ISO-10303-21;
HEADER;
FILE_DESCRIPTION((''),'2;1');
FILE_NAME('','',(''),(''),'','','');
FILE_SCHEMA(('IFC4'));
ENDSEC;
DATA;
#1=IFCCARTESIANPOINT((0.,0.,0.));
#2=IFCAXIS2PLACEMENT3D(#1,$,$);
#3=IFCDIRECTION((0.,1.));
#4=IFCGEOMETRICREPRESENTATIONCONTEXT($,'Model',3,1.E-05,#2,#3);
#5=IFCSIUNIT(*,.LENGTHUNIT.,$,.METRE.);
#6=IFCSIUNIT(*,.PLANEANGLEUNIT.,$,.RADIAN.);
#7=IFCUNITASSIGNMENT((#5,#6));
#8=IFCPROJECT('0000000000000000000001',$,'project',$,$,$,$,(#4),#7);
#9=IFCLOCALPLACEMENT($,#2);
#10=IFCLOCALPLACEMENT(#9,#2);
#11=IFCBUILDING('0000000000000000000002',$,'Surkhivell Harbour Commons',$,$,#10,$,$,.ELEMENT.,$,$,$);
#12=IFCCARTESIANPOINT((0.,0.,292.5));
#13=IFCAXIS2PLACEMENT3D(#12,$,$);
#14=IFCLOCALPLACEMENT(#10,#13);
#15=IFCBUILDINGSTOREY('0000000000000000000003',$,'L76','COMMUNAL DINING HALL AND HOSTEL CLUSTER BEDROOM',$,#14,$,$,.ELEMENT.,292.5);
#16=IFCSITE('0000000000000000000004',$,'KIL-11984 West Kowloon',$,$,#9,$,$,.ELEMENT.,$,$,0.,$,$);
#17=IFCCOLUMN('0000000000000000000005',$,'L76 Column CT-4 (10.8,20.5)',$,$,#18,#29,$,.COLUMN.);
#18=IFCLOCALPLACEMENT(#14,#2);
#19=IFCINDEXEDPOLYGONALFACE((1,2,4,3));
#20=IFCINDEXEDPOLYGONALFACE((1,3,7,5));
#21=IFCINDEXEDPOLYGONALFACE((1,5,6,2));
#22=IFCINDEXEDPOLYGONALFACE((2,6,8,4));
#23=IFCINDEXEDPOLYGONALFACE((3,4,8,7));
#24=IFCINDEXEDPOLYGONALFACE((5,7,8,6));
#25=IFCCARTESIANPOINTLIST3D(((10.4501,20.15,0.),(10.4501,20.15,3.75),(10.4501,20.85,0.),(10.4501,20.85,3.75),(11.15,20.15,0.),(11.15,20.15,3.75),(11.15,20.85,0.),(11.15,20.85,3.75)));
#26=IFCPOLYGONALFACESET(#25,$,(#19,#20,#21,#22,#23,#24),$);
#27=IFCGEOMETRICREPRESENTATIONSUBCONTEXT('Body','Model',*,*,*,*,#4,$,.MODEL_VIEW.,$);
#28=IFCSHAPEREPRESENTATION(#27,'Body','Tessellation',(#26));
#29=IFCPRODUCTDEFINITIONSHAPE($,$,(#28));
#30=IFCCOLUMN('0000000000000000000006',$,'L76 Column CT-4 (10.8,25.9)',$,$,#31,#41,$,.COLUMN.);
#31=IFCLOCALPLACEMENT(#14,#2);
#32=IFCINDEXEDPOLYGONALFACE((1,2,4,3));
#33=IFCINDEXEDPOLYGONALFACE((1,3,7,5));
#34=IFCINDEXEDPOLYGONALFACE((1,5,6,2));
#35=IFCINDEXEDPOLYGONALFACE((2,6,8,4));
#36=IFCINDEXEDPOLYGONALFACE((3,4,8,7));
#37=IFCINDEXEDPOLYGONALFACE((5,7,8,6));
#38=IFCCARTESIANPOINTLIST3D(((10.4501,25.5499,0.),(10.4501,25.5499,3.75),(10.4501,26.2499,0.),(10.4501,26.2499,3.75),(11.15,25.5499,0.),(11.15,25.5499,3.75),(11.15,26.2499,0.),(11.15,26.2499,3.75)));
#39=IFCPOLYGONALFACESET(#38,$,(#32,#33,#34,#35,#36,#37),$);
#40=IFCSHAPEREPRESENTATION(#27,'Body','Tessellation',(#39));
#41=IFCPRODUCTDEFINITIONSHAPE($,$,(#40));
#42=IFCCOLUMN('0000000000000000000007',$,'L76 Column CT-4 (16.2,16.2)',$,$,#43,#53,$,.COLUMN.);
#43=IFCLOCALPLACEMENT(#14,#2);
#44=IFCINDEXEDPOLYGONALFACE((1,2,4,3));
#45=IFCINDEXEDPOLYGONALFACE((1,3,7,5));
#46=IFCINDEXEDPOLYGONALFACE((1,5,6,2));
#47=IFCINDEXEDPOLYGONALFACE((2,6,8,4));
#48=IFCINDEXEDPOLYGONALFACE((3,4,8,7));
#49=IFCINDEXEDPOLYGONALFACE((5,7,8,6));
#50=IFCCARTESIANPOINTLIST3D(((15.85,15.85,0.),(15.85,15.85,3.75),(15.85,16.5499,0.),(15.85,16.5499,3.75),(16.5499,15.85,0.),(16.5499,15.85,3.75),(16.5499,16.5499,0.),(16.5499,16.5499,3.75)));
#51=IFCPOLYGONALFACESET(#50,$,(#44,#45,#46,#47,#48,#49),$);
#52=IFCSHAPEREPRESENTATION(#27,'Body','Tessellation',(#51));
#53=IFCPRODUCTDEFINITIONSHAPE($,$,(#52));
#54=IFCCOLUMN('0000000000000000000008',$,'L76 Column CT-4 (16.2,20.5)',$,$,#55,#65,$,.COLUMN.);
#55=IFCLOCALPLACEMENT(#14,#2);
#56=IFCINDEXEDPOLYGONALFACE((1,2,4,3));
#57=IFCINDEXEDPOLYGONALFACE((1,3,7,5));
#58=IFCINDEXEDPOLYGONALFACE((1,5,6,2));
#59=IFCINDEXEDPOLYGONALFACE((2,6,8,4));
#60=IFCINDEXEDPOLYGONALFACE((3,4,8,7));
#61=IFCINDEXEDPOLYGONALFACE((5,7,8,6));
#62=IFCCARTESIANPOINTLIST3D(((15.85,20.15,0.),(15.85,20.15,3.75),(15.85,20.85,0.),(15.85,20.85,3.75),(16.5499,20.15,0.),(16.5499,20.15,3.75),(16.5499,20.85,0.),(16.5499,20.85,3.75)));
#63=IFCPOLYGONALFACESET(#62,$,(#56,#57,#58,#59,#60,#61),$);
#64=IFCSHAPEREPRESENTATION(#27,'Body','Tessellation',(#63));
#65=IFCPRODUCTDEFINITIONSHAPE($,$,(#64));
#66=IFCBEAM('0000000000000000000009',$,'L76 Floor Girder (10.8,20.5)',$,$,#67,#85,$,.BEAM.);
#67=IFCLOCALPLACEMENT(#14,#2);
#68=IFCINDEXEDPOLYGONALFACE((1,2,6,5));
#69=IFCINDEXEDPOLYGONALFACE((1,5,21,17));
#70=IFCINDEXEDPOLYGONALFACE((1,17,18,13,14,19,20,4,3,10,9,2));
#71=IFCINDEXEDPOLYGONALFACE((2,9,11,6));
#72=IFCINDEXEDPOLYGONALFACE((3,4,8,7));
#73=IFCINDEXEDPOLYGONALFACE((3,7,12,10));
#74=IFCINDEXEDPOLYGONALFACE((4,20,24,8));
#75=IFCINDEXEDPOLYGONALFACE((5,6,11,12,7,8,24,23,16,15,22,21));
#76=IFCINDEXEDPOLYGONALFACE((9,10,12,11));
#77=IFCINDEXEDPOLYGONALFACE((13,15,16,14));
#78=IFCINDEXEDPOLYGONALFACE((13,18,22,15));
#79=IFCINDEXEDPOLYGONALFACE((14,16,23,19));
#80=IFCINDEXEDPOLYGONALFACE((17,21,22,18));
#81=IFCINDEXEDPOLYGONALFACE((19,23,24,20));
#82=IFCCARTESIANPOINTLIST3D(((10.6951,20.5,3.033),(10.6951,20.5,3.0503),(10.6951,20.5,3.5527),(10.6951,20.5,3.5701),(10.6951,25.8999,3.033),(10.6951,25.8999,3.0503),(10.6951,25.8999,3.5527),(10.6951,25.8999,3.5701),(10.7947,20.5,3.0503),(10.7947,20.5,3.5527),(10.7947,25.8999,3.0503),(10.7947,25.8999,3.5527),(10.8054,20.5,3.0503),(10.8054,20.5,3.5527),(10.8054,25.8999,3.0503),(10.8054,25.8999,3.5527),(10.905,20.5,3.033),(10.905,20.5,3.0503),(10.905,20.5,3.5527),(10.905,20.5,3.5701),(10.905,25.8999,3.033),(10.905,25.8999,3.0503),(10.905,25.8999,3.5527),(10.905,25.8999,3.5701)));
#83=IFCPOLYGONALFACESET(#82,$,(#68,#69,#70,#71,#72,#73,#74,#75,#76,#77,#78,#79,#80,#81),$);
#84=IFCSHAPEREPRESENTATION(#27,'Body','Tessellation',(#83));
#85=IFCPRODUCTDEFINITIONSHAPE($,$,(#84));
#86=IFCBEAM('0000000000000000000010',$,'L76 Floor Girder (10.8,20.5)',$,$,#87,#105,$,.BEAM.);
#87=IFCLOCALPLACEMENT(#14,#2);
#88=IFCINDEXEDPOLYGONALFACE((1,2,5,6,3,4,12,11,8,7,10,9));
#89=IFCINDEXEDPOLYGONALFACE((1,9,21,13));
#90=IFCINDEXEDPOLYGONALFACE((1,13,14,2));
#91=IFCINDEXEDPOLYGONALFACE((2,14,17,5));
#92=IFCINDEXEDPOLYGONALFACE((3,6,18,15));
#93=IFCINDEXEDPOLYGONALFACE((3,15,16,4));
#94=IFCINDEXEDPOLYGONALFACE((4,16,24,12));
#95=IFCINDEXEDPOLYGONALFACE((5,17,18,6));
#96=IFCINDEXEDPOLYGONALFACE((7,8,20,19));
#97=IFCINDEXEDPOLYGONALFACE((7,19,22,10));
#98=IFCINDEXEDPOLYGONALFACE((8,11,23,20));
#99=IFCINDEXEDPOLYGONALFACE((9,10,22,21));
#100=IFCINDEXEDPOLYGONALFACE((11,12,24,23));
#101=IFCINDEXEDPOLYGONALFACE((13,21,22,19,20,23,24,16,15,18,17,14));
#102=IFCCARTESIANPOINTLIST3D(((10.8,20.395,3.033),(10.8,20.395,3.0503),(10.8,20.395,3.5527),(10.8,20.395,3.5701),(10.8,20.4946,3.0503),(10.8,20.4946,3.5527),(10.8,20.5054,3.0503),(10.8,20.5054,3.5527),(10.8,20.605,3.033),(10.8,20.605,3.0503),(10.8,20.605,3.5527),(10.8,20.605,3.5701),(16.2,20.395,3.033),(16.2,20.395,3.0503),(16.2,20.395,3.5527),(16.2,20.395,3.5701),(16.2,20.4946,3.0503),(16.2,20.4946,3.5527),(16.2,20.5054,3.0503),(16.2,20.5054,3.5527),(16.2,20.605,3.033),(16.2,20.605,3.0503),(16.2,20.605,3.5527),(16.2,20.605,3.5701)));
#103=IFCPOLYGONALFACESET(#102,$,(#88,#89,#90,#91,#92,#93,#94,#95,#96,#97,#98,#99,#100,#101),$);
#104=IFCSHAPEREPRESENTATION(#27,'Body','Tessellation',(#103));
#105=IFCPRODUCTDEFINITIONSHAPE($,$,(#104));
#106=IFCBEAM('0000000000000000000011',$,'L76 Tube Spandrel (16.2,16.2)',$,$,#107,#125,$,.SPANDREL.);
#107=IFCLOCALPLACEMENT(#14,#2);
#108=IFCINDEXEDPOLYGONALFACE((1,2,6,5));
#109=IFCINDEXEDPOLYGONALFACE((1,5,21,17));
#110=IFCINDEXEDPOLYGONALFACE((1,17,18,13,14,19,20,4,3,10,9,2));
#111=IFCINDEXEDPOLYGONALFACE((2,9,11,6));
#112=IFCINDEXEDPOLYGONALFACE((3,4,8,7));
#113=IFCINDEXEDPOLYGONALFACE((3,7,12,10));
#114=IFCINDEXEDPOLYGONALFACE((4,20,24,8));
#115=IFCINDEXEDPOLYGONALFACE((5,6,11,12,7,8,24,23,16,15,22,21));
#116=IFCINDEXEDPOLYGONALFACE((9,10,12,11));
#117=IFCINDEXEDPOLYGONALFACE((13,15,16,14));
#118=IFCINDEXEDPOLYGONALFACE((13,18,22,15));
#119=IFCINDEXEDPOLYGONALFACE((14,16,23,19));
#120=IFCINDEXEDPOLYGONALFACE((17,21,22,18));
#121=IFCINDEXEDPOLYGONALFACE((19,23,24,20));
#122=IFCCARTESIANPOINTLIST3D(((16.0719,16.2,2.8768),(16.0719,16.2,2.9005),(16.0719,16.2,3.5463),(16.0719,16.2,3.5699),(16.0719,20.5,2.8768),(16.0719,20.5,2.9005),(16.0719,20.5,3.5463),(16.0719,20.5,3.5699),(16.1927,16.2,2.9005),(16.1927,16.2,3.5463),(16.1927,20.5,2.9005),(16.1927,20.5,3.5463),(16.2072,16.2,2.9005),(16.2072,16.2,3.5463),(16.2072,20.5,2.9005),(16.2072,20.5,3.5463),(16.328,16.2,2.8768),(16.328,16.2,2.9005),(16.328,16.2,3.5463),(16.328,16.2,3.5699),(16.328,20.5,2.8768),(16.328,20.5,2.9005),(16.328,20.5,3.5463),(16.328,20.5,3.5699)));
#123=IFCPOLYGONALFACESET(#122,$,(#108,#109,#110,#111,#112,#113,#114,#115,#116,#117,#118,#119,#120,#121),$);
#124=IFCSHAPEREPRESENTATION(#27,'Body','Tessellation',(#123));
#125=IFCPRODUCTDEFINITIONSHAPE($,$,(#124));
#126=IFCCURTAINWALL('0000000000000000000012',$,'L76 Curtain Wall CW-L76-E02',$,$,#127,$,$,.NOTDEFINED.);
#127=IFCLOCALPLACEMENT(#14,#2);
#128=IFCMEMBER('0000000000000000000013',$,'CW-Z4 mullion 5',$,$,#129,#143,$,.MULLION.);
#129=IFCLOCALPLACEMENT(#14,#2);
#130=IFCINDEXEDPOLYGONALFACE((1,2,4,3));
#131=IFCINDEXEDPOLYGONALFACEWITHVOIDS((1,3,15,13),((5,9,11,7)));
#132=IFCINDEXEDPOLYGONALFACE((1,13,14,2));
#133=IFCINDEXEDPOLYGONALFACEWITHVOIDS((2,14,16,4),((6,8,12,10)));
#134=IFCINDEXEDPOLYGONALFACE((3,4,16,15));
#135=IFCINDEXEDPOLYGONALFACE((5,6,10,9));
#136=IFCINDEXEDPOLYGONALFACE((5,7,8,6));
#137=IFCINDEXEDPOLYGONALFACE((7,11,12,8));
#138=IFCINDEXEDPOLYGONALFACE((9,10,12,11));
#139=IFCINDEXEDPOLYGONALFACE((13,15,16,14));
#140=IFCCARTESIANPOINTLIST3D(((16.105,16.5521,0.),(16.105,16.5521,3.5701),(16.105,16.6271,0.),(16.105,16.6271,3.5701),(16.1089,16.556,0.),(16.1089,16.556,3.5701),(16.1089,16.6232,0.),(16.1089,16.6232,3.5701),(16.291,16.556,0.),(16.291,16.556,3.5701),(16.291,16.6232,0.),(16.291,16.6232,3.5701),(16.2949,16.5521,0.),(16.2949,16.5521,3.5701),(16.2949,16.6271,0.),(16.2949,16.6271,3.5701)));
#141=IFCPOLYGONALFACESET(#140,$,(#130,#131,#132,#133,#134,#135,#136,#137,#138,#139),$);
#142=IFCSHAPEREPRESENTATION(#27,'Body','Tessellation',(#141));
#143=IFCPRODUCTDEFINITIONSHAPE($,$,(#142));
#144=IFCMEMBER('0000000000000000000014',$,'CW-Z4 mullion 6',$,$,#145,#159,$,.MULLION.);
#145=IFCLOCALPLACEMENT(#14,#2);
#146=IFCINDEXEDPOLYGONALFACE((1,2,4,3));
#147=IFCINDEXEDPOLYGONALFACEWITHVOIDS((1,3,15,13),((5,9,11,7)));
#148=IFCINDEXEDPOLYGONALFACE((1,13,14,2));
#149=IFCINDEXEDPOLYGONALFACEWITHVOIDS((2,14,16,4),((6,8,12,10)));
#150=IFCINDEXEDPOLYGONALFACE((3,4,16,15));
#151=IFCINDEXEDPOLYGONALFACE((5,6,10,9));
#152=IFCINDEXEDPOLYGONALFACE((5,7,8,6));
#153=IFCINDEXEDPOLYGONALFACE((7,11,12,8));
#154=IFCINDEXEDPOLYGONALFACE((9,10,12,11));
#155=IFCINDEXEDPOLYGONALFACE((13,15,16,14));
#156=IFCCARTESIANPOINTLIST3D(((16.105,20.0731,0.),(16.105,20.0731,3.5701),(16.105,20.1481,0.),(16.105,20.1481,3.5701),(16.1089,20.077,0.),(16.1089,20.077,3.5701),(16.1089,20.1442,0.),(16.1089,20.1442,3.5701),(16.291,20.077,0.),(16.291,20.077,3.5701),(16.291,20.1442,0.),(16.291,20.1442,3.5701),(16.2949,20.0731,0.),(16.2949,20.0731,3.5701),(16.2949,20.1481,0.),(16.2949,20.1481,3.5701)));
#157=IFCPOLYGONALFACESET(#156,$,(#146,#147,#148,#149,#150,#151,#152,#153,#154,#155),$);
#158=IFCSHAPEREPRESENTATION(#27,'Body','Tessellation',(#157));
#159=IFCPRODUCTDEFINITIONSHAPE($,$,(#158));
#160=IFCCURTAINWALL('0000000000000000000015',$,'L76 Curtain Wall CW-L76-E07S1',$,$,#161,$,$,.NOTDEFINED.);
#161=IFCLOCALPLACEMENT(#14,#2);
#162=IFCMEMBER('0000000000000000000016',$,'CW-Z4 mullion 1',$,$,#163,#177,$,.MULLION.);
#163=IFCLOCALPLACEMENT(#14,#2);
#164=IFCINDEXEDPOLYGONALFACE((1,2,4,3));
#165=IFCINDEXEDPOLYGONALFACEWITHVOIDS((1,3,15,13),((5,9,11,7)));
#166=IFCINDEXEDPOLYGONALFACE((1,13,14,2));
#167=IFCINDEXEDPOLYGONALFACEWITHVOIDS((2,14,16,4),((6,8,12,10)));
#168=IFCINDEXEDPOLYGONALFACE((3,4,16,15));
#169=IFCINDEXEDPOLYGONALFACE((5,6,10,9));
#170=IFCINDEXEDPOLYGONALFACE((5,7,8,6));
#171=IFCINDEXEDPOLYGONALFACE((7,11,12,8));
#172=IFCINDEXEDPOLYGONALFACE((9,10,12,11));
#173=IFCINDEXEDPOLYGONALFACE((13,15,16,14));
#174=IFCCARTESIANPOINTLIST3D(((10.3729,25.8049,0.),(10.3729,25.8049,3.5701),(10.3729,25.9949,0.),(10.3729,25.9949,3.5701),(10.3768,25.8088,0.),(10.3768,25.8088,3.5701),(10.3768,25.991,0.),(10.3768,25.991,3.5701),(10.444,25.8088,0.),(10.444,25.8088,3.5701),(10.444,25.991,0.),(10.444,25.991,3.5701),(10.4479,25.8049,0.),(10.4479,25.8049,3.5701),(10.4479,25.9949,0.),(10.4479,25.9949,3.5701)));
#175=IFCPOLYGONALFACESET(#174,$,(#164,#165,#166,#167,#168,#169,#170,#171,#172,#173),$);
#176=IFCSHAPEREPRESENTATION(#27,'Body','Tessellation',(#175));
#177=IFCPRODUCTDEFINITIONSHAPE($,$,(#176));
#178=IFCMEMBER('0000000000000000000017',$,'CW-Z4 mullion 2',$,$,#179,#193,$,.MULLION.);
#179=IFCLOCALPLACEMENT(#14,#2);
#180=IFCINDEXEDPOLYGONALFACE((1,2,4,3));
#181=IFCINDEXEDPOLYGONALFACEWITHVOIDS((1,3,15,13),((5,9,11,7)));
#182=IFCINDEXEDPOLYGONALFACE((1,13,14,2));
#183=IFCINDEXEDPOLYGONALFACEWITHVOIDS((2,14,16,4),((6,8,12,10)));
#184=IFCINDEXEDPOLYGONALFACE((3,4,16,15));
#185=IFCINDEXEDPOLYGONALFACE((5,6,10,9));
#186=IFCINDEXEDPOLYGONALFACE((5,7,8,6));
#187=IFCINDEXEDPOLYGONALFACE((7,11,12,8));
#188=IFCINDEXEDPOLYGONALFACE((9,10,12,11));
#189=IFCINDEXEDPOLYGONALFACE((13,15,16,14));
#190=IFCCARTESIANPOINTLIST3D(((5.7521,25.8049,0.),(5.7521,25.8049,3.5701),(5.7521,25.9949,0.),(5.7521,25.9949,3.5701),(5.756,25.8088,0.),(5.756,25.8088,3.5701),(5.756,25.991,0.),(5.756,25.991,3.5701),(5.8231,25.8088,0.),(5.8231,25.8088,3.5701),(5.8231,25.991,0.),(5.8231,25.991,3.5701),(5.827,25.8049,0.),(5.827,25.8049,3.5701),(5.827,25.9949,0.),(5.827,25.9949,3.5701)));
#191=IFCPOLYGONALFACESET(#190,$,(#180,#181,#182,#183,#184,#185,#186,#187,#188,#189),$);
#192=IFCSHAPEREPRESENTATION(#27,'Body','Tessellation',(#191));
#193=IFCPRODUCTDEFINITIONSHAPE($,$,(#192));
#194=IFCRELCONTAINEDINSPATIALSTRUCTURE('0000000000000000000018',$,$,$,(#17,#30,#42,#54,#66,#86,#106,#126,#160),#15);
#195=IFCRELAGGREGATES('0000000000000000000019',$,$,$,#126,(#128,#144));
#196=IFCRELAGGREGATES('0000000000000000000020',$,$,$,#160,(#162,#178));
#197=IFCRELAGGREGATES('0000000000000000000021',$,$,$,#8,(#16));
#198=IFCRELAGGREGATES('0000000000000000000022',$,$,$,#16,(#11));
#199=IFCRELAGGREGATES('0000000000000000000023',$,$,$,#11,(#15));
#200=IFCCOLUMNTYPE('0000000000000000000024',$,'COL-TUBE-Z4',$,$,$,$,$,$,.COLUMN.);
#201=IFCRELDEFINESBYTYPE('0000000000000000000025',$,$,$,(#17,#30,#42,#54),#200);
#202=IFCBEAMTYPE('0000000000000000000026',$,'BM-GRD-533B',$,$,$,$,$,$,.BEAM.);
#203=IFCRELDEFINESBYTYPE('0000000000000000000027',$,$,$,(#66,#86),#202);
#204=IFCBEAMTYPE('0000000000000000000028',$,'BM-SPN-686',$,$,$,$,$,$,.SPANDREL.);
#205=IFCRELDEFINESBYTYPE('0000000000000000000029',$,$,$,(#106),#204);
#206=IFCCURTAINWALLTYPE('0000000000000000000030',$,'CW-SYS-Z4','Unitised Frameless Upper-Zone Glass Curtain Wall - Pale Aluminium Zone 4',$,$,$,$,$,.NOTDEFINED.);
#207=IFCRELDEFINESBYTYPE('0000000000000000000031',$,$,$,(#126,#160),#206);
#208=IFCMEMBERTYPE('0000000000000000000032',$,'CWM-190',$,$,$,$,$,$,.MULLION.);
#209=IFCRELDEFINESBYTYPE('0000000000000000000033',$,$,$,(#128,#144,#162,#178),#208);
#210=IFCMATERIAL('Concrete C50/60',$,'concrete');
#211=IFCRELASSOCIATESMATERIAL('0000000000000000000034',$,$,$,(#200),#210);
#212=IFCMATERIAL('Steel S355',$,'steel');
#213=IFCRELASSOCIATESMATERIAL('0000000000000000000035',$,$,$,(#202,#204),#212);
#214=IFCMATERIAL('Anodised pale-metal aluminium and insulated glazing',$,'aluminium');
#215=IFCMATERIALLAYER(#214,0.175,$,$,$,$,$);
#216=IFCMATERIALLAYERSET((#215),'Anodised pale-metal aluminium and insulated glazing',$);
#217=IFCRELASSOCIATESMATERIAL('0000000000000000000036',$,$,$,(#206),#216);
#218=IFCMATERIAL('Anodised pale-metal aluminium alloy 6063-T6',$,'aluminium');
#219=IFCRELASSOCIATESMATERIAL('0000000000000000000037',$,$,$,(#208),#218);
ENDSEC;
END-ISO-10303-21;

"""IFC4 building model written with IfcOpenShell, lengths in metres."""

from ifc_helpers import new_model, si_unit, direction, frame, origin, origin_2d, place, context, subcontext, project, spatial, rectangle, hollow_rectangle, i_section, extrude, material, layer, layer_set, material_profile, profile_set, type_object, element, aggregate, save


model = new_model("IFC4")

# Units and contexts
model_context = context("Model", 3, precision=1e-05, world=origin(), true_north=direction((0.0, 1.0)))
body_context = subcontext(model_context, "Body", "Model", "MODEL_VIEW")
ifc_project = project(units=[si_unit("LENGTHUNIT", "METRE"), si_unit("PLANEANGLEUNIT", "RADIAN")], contexts=[model_context])

# Site, building, storey
site_placement = place(None, origin())
site = spatial("IfcSite", under=ifc_project, at=site_placement, Name="KIL-11984 West Kowloon", CompositionType="ELEMENT", RefElevation=0.0)
building_placement = place(site_placement, origin())
building = spatial("IfcBuilding", under=site, at=building_placement, Name="Surkhivell Harbour Commons", CompositionType="ELEMENT")
storey_placement = place(building_placement, frame((0.0, 0.0, 292.5)))
storey = spatial("IfcBuildingStorey", under=building, at=storey_placement, Name="L76", Description="COMMUNAL DINING HALL AND HOSTEL CLUSTER BEDROOM", CompositionType="ELEMENT", Elevation=292.5)

# Columns
ifc_material_1 = material(Name="Concrete C50/60", Category="concrete")
ifc_material_profile_1 = material_profile(ifc_material_1, rectangle(XDim=0.7, YDim=0.7, at=origin_2d()), Name="RC-COL-700x700")
ifc_profile_set_1 = profile_set([ifc_material_profile_1], Name="Concrete C50/60")
column_type = type_object("IfcColumnType", Name="COL-TUBE-Z4", PredefinedType="COLUMN", material=ifc_profile_set_1)
for number, where, z_axis, x_axis, name in (
    (1, (10.8, 20.5, 0.0), (0.0, 0.0, 1.0), (1.0, 0.0, 0.0), "L76 Column CT-4 (10.8,20.5)"),
    (2, (10.8, 25.8999, 0.0), (0.0, 0.0, 1.0), (1.0, 0.0, 0.0), "L76 Column CT-4 (10.8,25.9)"),
    (3, (16.2, 16.2, 0.0), (0.0, 0.0, 1.0), (1.0, 0.0, 0.0), "L76 Column CT-4 (16.2,16.2)"),
    (4, (16.2, 20.5, 0.0), (0.0, 0.0, 1.0), (1.0, 0.0, 0.0), "L76 Column CT-4 (16.2,20.5)"),
):
    element("IfcColumn", number, at=place(storey_placement, frame(where, z_axis=z_axis, x_axis=x_axis)), inside=storey, type_object=column_type, Name=name, PredefinedType="COLUMN", context=body_context, shape_type="SweptSolid", body=[
        extrude(rectangle(XDim=0.7, YDim=0.7, at=origin_2d()), origin(), (0.0, 0.0, 1.0), 3.75),
    ])

# Beams
ifc_material_2 = material(Name="Steel S355", Category="steel")
ifc_material_profile_2 = material_profile(ifc_material_2, i_section(OverallWidth=0.21, OverallDepth=0.5371, WebThickness=0.0107, FlangeThickness=0.0173, at=origin_2d()), Name="UB533x210x101")
ifc_profile_set_2 = profile_set([ifc_material_profile_2], Name="Steel S355")
beam_type_1 = type_object("IfcBeamType", Name="BM-GRD-533B", PredefinedType="BEAM", material=ifc_profile_set_2)
for number, where, z_axis, x_axis, name in (
    (5, (10.8, 20.5, 3.3015), (0.0, 1.0, 0.0), (-1.0, 0.0, 0.0), "L76 Floor Girder (10.8,20.5)"),
    (6, (10.8, 20.5, 3.3015), (1.0, 0.0, 0.0), (0.0, 1.0, 0.0), "L76 Floor Girder (10.8,20.5)"),
):
    element("IfcBeam", number, at=place(storey_placement, frame(where, z_axis=z_axis, x_axis=x_axis)), inside=storey, type_object=beam_type_1, Name=name, PredefinedType="BEAM", context=body_context, shape_type="SweptSolid", body=[
        extrude(i_section(OverallWidth=0.21, OverallDepth=0.5371, WebThickness=0.0107, FlangeThickness=0.0173, at=origin_2d()), origin(), (0.0, 0.0, 1.0), 5.3999),
    ])
ifc_material_profile_3 = material_profile(ifc_material_2, i_section(OverallWidth=0.2561, OverallDepth=0.6931, WebThickness=0.0144, FlangeThickness=0.0237, at=origin_2d()), Name="UB686x254x170")
ifc_profile_set_3 = profile_set([ifc_material_profile_3], Name="Steel S355")
beam_type_2 = type_object("IfcBeamType", Name="BM-SPN-686", PredefinedType="SPANDREL", material=ifc_profile_set_3)
beam_placement = place(storey_placement, frame((16.2, 16.2, 3.2234), z_axis=(0.0, 1.0, 0.0), x_axis=(-1.0, 0.0, 0.0)))
element("IfcBeam", 7, at=beam_placement, inside=storey, type_object=beam_type_2, Name="L76 Tube Spandrel (16.2,16.2)", PredefinedType="SPANDREL", context=body_context, shape_type="SweptSolid", body=[
    extrude(i_section(OverallWidth=0.2561, OverallDepth=0.6931, WebThickness=0.0144, FlangeThickness=0.0237, at=origin_2d()), origin(), (0.0, 0.0, 1.0), 4.3),
])

# Curtain walls, members
ifc_material_3 = material(Name="Anodised pale-metal aluminium and insulated glazing", Category="aluminium")
ifc_layer_1 = layer(ifc_material_3, 0.175)
ifc_layer_set_1 = layer_set([ifc_layer_1], Name="Anodised pale-metal aluminium and insulated glazing")
curtain_wall_type = type_object("IfcCurtainWallType", Name="CW-SYS-Z4", Description="Unitised Frameless Upper-Zone Glass Curtain Wall - Pale Aluminium Zone 4", PredefinedType="NOTDEFINED", material=ifc_layer_set_1)
curtain_wall_1_placement = place(storey_placement, origin())
curtain_wall_1 = element("IfcCurtainWall", 8, at=curtain_wall_1_placement, inside=storey, type_object=curtain_wall_type, Name="L76 Curtain Wall CW-L76-E02", PredefinedType="NOTDEFINED")
ifc_material_4 = material(Name="Anodised pale-metal aluminium alloy 6063-T6", Category="aluminium")
ifc_material_profile_4 = material_profile(ifc_material_4, hollow_rectangle(XDim=0.075, YDim=0.1899, WallThickness=0.0039, at=origin_2d()), Name="ALU-MULL-75x190")
ifc_profile_set_4 = profile_set([ifc_material_profile_4], Name="Anodised pale-metal aluminium alloy 6063-T6")
member_type_1 = type_object("IfcMemberType", Name="CWM-190", PredefinedType="MULLION", material=ifc_profile_set_4)
member_1_placement = place(storey_placement, frame((16.2, 16.5896, 0.0), z_axis=(0.0, 0.0, 1.0), x_axis=(0.0, 1.0, 0.0)))
member_1 = element("IfcMember", 9, at=member_1_placement, type_object=member_type_1, Name="CW-Z4 mullion 5", PredefinedType="MULLION", context=body_context, shape_type="SweptSolid", body=[
    extrude(hollow_rectangle(XDim=0.075, YDim=0.1899, WallThickness=0.0039, at=origin_2d()), origin(), (0.0, 0.0, 1.0), 3.5701),
])
member_2_placement = place(storey_placement, frame((16.2, 20.1106, 0.0), z_axis=(0.0, 0.0, 1.0), x_axis=(0.0, 1.0, 0.0)))
member_2 = element("IfcMember", 10, at=member_2_placement, type_object=member_type_1, Name="CW-Z4 mullion 6", PredefinedType="MULLION", context=body_context, shape_type="SweptSolid", body=[
    extrude(hollow_rectangle(XDim=0.075, YDim=0.1899, WallThickness=0.0039, at=origin_2d()), origin(), (0.0, 0.0, 1.0), 3.5701),
])
curtain_wall_2_placement = place(storey_placement, origin())
curtain_wall_2 = element("IfcCurtainWall", 11, at=curtain_wall_2_placement, inside=storey, type_object=curtain_wall_type, Name="L76 Curtain Wall CW-L76-E07S1", PredefinedType="NOTDEFINED")
member_3_placement = place(storey_placement, frame((10.4104, 25.8999, 0.0), z_axis=(0.0, 0.0, 1.0), x_axis=(-1.0, 0.0, 0.0)))
member_3 = element("IfcMember", 12, at=member_3_placement, type_object=member_type_1, Name="CW-Z4 mullion 1", PredefinedType="MULLION", context=body_context, shape_type="SweptSolid", body=[
    extrude(hollow_rectangle(XDim=0.075, YDim=0.1899, WallThickness=0.0039, at=origin_2d()), origin(), (0.0, 0.0, 1.0), 3.5701),
])
member_4_placement = place(storey_placement, frame((5.7896, 25.8999, 0.0), z_axis=(0.0, 0.0, 1.0), x_axis=(-1.0, 0.0, 0.0)))
member_4 = element("IfcMember", 13, at=member_4_placement, type_object=member_type_1, Name="CW-Z4 mullion 2", PredefinedType="MULLION", context=body_context, shape_type="SweptSolid", body=[
    extrude(hollow_rectangle(XDim=0.075, YDim=0.1899, WallThickness=0.0039, at=origin_2d()), origin(), (0.0, 0.0, 1.0), 3.5701),
])

aggregate(curtain_wall_1, [member_1, member_2])
aggregate(curtain_wall_2, [member_3, member_4])

save(model, "model.ifc")
